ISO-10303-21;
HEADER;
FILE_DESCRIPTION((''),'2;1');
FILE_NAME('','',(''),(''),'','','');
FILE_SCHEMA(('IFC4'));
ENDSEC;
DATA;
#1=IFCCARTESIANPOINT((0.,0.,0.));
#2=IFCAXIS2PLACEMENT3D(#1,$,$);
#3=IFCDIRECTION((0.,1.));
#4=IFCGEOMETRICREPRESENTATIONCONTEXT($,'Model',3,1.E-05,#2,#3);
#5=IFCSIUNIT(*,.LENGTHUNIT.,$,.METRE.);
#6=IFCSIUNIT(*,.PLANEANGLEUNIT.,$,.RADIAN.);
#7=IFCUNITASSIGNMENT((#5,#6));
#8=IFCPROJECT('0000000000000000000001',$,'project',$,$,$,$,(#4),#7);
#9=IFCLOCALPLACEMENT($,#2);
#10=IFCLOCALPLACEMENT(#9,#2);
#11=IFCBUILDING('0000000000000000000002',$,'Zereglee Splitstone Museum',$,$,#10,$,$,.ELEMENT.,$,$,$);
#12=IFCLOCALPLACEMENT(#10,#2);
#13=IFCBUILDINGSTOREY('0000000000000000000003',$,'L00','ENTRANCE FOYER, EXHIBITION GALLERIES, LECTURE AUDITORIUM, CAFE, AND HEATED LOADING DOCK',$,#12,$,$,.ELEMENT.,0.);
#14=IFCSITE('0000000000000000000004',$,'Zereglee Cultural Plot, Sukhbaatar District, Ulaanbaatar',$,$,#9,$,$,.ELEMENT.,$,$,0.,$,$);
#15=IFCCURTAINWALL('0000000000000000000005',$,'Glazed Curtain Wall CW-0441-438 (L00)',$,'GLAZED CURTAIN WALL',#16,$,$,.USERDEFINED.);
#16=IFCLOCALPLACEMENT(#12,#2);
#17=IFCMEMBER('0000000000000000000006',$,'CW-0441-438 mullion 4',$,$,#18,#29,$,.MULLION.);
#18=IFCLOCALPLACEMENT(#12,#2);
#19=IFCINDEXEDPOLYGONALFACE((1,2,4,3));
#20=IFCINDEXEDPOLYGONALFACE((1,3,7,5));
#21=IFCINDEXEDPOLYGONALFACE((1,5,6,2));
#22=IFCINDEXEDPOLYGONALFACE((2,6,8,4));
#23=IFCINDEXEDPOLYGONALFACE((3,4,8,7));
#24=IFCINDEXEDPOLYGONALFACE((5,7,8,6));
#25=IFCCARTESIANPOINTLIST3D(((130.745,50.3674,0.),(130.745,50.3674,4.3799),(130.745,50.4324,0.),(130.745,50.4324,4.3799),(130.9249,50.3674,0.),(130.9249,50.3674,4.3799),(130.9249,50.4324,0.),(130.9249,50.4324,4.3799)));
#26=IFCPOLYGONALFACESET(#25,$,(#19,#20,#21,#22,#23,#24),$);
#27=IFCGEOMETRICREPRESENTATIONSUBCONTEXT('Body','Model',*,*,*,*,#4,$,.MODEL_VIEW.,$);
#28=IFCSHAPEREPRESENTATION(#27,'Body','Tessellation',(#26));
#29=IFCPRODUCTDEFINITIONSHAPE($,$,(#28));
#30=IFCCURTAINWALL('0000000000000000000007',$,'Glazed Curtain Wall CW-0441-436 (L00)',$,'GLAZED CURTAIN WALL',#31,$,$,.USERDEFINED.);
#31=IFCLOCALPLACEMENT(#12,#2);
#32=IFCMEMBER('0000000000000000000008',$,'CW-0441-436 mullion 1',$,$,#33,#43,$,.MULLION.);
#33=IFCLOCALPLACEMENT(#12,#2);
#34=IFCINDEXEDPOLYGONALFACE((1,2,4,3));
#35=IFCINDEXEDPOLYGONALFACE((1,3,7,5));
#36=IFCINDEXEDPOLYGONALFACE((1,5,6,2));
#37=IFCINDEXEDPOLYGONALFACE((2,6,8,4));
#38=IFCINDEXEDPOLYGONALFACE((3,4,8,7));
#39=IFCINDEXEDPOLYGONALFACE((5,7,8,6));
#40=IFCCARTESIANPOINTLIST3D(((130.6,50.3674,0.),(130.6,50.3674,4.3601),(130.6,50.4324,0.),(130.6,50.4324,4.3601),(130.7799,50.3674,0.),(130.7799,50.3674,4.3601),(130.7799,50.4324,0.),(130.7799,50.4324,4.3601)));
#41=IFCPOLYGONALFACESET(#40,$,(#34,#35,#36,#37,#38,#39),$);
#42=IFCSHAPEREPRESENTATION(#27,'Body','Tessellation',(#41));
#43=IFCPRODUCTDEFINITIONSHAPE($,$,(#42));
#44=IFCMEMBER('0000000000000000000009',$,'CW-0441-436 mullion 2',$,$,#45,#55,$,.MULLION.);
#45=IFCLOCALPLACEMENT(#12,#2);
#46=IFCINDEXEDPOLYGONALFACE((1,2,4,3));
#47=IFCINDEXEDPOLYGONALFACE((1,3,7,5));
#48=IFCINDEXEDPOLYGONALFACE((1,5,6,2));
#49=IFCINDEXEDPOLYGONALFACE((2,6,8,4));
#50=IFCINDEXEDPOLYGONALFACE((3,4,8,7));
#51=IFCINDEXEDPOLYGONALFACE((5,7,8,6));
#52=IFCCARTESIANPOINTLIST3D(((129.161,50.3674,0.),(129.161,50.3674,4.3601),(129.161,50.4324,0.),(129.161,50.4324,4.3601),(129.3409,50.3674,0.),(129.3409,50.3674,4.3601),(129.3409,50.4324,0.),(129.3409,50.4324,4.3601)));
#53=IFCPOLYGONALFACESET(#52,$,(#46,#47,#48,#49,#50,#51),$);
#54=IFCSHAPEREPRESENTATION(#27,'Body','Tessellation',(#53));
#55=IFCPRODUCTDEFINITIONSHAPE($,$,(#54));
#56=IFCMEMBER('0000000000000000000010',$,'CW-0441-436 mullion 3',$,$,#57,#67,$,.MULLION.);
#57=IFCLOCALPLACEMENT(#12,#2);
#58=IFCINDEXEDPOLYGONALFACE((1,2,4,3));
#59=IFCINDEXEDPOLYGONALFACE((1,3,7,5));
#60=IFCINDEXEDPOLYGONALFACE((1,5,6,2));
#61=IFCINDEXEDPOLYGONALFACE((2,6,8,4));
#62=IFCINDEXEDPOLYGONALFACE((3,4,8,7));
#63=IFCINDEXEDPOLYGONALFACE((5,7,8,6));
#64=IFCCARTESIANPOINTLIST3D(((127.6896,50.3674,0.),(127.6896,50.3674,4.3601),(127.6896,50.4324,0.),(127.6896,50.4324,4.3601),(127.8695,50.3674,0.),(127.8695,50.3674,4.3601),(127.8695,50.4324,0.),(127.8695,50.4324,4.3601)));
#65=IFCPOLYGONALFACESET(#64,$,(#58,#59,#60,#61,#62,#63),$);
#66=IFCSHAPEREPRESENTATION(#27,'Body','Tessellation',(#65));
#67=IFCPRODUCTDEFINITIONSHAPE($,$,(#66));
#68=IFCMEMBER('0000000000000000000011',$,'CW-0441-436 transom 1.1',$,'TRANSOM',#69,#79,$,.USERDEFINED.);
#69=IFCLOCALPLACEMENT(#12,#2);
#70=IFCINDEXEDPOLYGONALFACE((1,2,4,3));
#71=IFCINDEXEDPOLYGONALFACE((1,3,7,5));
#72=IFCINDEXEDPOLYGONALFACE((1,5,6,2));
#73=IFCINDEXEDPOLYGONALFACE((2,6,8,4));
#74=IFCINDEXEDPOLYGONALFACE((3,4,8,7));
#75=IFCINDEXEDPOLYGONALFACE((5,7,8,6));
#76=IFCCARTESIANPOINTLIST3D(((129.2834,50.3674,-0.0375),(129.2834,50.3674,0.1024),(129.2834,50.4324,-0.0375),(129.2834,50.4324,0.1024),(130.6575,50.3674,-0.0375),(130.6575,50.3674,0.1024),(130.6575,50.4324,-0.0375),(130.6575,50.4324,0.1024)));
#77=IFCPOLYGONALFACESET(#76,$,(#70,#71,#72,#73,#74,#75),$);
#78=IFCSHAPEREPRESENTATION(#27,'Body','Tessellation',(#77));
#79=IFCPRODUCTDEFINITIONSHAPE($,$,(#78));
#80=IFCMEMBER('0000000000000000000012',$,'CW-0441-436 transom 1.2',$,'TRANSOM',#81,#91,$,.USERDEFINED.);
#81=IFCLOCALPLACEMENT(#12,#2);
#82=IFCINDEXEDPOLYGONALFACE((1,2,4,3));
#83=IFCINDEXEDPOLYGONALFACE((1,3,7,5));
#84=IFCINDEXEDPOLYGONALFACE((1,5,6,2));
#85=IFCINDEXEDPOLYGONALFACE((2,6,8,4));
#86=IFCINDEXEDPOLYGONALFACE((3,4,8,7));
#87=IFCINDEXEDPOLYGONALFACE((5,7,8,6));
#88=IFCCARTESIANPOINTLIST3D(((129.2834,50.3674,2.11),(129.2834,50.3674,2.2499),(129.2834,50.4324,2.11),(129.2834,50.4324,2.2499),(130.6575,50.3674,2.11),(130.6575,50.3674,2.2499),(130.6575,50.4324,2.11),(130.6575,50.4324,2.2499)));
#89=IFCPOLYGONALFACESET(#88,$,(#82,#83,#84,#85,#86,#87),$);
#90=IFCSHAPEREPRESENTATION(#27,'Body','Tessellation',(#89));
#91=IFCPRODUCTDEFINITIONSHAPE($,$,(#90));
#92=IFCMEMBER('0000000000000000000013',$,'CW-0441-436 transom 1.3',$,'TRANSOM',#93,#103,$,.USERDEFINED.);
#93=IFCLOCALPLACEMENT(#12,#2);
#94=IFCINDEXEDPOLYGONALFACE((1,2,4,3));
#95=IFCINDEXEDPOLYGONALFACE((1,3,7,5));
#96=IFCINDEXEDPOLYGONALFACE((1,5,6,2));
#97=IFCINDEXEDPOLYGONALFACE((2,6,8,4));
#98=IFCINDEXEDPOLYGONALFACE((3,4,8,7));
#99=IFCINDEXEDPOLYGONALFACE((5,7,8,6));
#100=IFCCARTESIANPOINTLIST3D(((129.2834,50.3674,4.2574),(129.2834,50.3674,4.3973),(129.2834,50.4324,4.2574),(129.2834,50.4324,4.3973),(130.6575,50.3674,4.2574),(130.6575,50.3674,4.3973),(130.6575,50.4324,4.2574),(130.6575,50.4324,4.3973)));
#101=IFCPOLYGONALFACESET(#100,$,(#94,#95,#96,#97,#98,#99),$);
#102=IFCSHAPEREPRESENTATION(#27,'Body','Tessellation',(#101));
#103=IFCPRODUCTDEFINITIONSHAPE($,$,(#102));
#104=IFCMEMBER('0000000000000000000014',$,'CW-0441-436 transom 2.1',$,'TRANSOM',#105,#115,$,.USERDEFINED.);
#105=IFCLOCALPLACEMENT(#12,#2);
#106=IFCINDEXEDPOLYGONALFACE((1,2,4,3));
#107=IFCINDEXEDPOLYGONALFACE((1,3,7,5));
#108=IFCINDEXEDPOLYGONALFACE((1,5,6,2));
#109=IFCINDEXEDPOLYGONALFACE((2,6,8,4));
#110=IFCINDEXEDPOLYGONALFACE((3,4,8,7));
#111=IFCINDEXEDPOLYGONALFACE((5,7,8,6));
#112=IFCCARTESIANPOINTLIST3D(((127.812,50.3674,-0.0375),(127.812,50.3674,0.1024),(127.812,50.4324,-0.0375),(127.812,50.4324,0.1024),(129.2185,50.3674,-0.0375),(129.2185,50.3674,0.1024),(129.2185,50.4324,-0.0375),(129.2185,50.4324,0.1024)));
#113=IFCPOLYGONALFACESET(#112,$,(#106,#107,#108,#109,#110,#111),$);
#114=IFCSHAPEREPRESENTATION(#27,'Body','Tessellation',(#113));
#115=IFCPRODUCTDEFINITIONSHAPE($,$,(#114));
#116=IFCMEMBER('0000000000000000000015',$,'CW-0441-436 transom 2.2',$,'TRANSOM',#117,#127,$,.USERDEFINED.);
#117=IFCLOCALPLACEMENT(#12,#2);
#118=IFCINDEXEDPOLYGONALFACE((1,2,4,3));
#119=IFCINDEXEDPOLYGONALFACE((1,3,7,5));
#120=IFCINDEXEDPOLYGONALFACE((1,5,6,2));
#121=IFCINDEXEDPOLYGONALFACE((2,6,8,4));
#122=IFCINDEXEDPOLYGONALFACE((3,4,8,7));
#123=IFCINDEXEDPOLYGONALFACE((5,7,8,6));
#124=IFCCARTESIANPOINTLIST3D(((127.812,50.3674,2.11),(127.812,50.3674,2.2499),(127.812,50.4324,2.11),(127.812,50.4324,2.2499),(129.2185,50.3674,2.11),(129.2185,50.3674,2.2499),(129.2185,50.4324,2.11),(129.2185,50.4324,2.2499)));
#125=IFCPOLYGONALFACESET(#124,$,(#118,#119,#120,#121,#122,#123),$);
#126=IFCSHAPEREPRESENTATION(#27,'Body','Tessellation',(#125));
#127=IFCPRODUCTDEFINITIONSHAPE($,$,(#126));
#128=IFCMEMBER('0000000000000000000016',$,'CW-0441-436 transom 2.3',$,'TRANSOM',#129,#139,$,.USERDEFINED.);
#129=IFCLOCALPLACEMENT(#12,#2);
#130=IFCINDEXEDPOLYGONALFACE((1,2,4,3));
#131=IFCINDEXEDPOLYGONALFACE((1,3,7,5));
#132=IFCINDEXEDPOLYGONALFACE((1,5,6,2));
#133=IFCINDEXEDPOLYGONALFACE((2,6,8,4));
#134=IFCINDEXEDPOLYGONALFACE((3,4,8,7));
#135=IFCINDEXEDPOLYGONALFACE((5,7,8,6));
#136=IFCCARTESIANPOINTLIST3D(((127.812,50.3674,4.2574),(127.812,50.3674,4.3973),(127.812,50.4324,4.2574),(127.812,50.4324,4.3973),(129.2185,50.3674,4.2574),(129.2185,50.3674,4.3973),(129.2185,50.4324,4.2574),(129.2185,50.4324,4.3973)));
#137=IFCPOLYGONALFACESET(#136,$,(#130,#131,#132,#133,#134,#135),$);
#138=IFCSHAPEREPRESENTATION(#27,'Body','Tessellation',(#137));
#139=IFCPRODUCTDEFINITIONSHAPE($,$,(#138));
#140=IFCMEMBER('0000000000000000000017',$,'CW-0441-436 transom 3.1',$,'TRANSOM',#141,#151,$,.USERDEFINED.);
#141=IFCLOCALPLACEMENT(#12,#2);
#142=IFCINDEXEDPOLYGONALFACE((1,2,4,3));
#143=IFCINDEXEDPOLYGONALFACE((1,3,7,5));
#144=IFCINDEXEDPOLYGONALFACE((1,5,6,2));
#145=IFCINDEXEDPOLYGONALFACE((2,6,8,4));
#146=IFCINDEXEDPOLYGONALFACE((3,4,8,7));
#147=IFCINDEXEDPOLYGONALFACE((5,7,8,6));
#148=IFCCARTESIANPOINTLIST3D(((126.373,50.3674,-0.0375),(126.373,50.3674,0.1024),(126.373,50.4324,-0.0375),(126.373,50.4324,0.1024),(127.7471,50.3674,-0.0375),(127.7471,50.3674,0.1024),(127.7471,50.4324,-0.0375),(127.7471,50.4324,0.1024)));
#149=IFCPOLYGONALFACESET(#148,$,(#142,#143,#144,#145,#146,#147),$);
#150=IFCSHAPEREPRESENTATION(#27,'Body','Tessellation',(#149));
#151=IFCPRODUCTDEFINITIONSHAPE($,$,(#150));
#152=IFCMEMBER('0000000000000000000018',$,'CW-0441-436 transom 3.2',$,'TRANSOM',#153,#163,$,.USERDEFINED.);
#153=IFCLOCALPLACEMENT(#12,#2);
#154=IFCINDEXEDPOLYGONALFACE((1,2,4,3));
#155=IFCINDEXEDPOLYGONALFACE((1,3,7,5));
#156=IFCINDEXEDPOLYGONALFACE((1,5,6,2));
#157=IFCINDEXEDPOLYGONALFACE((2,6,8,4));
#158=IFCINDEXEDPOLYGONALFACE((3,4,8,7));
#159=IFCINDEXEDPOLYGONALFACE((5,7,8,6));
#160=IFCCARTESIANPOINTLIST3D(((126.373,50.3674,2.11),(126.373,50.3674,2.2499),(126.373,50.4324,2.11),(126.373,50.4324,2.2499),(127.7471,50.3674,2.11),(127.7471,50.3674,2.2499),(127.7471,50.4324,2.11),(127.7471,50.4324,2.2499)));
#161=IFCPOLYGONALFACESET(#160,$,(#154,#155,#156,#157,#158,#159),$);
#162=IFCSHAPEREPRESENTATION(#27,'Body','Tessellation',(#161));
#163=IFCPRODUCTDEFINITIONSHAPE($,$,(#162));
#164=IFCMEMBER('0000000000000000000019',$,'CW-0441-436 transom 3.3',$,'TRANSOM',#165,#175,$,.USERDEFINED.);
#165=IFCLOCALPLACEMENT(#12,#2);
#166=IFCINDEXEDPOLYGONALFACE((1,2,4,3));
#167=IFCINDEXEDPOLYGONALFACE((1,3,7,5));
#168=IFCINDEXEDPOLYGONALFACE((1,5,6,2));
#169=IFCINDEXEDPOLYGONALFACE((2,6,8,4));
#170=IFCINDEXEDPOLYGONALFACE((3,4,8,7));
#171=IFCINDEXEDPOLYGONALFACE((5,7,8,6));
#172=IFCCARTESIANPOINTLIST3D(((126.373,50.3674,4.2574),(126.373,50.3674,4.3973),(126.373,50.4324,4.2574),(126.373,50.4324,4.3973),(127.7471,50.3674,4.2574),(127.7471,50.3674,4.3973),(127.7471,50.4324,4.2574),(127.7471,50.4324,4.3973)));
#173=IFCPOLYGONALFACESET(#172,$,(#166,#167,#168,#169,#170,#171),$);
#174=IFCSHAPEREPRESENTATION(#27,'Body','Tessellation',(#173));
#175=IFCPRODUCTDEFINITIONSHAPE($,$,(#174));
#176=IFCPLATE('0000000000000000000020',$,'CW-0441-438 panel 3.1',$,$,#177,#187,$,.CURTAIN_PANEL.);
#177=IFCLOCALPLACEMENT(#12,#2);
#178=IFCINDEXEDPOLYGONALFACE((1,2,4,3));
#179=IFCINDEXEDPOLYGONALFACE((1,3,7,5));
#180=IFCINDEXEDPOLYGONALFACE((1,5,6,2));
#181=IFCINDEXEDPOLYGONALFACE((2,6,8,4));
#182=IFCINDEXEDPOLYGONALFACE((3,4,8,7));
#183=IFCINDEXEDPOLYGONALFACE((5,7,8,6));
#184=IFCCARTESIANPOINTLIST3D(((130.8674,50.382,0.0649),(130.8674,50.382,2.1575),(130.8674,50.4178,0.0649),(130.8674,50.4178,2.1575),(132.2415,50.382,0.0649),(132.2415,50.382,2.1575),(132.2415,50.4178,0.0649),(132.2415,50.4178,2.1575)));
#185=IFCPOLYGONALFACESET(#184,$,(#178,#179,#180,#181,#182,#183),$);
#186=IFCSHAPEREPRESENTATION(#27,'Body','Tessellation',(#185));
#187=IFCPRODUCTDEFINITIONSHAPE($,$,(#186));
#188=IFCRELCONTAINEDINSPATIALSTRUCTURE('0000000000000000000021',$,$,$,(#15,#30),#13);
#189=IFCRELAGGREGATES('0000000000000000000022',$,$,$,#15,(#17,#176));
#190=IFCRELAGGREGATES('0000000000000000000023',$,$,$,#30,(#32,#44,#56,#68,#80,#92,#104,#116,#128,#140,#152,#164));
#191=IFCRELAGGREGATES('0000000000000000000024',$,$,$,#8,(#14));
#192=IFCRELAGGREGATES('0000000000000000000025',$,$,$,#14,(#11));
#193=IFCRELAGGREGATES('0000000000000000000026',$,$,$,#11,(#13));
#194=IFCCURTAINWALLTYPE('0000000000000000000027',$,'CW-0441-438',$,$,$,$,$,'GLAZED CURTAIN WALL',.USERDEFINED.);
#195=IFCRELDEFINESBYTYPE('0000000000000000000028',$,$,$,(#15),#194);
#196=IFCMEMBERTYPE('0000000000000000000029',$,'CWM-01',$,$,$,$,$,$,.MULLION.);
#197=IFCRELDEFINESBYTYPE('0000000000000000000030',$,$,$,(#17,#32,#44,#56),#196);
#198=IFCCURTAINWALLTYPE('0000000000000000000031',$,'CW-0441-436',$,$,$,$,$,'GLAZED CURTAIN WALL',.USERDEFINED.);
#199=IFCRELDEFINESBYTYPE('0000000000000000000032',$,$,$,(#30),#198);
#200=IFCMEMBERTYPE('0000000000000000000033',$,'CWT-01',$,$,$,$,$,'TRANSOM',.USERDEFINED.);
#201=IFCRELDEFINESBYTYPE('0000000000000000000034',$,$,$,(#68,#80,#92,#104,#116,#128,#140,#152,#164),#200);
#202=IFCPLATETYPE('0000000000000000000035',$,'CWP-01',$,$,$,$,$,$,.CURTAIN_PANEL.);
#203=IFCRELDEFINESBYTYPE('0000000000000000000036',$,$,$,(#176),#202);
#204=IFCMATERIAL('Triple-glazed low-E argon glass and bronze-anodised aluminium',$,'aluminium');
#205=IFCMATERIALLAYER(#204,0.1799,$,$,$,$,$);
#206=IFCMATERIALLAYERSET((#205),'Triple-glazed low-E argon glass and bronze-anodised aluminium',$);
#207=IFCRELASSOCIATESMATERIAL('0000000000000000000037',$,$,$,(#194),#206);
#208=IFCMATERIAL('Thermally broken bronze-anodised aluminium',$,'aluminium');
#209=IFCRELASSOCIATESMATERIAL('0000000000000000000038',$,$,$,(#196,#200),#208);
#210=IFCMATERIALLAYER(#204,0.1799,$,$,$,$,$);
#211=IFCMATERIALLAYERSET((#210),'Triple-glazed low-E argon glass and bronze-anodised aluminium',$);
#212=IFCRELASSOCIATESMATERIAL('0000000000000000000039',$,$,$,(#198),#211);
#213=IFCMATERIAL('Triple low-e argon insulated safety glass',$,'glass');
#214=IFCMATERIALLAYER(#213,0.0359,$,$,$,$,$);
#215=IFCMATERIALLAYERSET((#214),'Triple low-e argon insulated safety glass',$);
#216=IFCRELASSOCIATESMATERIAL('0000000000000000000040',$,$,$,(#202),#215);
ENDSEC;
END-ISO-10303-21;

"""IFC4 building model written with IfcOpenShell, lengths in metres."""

from ifc_helpers import new_model, si_unit, direction, frame, origin, origin_2d, place, context, subcontext, project, spatial, rectangle, extrude, material, layer, layer_set, material_profile, profile_set, type_object, element, aggregate, save


model = new_model("IFC4")

# Units and contexts
model_context = context("Model", 3, precision=1e-05, world=origin(), true_north=direction((0.0, 1.0)))
body_context = subcontext(model_context, "Body", "Model", "MODEL_VIEW")
ifc_project = project(units=[si_unit("LENGTHUNIT", "METRE"), si_unit("PLANEANGLEUNIT", "RADIAN")], contexts=[model_context])

# Site, building, storey
site_placement = place(None, origin())
site = spatial("IfcSite", under=ifc_project, at=site_placement, Name="Zereglee Cultural Plot, Sukhbaatar District, Ulaanbaatar", CompositionType="ELEMENT", RefElevation=0.0)
building_placement = place(site_placement, origin())
building = spatial("IfcBuilding", under=site, at=building_placement, Name="Zereglee Splitstone Museum", CompositionType="ELEMENT")
storey_placement = place(building_placement, origin())
storey = spatial("IfcBuildingStorey", under=building, at=storey_placement, Name="L00", Description="ENTRANCE FOYER, EXHIBITION GALLERIES, LECTURE AUDITORIUM, CAFE, AND HEATED LOADING DOCK", CompositionType="ELEMENT", Elevation=0.0)

# Curtain wall, member
ifc_material_1 = material(Name="Triple-glazed low-E argon glass and bronze-anodised aluminium", Category="aluminium")
ifc_layer_1 = layer(ifc_material_1, 0.1799)
ifc_layer_set_1 = layer_set([ifc_layer_1], Name="Triple-glazed low-E argon glass and bronze-anodised aluminium")
curtain_wall_type_1 = type_object("IfcCurtainWallType", Name="CW-0441-438", ElementType="GLAZED CURTAIN WALL", PredefinedType="USERDEFINED", material=ifc_layer_set_1)
curtain_wall_1_placement = place(storey_placement, origin())
curtain_wall_1 = element("IfcCurtainWall", 1, at=curtain_wall_1_placement, inside=storey, type_object=curtain_wall_type_1, Name="Glazed Curtain Wall CW-0441-438 (L00)", ObjectType="GLAZED CURTAIN WALL", PredefinedType="USERDEFINED")
ifc_material_2 = material(Name="Thermally broken bronze-anodised aluminium", Category="aluminium")
ifc_material_profile_1 = material_profile(ifc_material_2, rectangle(XDim=0.0649, YDim=0.1799, at=origin_2d()), Name="CW MULL 65x180")
ifc_profile_set_1 = profile_set([ifc_material_profile_1], Name="Thermally broken bronze-anodised aluminium")
member_type_1 = type_object("IfcMemberType", Name="CWM-01", PredefinedType="MULLION", material=ifc_profile_set_1)
member_1_placement = place(storey_placement, frame((130.835, 50.3999, 0.0), z_axis=(0.0, 0.0, 1.0), x_axis=(0.0, -1.0, 0.0)))
member_1 = element("IfcMember", 2, at=member_1_placement, type_object=member_type_1, Name="CW-0441-438 mullion 4", PredefinedType="MULLION", context=body_context, shape_type="SweptSolid", body=[
    extrude(rectangle(XDim=0.0649, YDim=0.1799, at=origin_2d()), origin(), (0.0, 0.0, 1.0), 4.3799),
])

# Curtain wall, members
ifc_layer_2 = layer(ifc_material_1, 0.1799)
ifc_layer_set_2 = layer_set([ifc_layer_2], Name="Triple-glazed low-E argon glass and bronze-anodised aluminium")
curtain_wall_type_2 = type_object("IfcCurtainWallType", Name="CW-0441-436", ElementType="GLAZED CURTAIN WALL", PredefinedType="USERDEFINED", material=ifc_layer_set_2)
curtain_wall_2_placement = place(storey_placement, origin())
curtain_wall_2 = element("IfcCurtainWall", 3, at=curtain_wall_2_placement, inside=storey, type_object=curtain_wall_type_2, Name="Glazed Curtain Wall CW-0441-436 (L00)", ObjectType="GLAZED CURTAIN WALL", PredefinedType="USERDEFINED")
member_2_placement = place(storey_placement, frame((130.6899, 50.3999, 0.0), z_axis=(0.0, 0.0, 1.0), x_axis=(0.0, -1.0, 0.0)))
member_2 = element("IfcMember", 4, at=member_2_placement, type_object=member_type_1, Name="CW-0441-436 mullion 1", PredefinedType="MULLION", context=body_context, shape_type="SweptSolid", body=[
    extrude(rectangle(XDim=0.0649, YDim=0.1799, at=origin_2d()), origin(), (0.0, 0.0, 1.0), 4.3601),
])
member_3_placement = place(storey_placement, frame((129.251, 50.3999, 0.0), z_axis=(0.0, 0.0, 1.0), x_axis=(0.0, -1.0, 0.0)))
member_3 = element("IfcMember", 5, at=member_3_placement, type_object=member_type_1, Name="CW-0441-436 mullion 2", PredefinedType="MULLION", context=body_context, shape_type="SweptSolid", body=[
    extrude(rectangle(XDim=0.0649, YDim=0.1799, at=origin_2d()), origin(), (0.0, 0.0, 1.0), 4.3601),
])
member_4_placement = place(storey_placement, frame((127.7795, 50.3999, 0.0), z_axis=(0.0, 0.0, 1.0), x_axis=(0.0, -1.0, 0.0)))
member_4 = element("IfcMember", 6, at=member_4_placement, type_object=member_type_1, Name="CW-0441-436 mullion 3", PredefinedType="MULLION", context=body_context, shape_type="SweptSolid", body=[
    extrude(rectangle(XDim=0.0649, YDim=0.1799, at=origin_2d()), origin(), (0.0, 0.0, 1.0), 4.3601),
])
ifc_material_profile_2 = material_profile(ifc_material_2, rectangle(XDim=0.0649, YDim=0.1399, at=origin_2d()), Name="CW TRAN 65x140")
ifc_profile_set_2 = profile_set([ifc_material_profile_2], Name="Thermally broken bronze-anodised aluminium")
member_type_2 = type_object("IfcMemberType", Name="CWT-01", ElementType="TRANSOM", PredefinedType="USERDEFINED", material=ifc_profile_set_2)
member_5_placement = place(storey_placement, frame((130.6575, 50.3999, 0.0325), z_axis=(-1.0, 0.0, 0.0), x_axis=(0.0, -1.0, 0.0)))
member_5 = element("IfcMember", 7, at=member_5_placement, type_object=member_type_2, Name="CW-0441-436 transom 1.1", ObjectType="TRANSOM", PredefinedType="USERDEFINED", context=body_context, shape_type="SweptSolid", body=[
    extrude(rectangle(XDim=0.0649, YDim=0.1399, at=origin_2d()), origin(), (0.0, 0.0, 1.0), 1.374),
])
member_6_placement = place(storey_placement, frame((130.6575, 50.3999, 2.1799), z_axis=(-1.0, 0.0, 0.0), x_axis=(0.0, -1.0, 0.0)))
member_6 = element("IfcMember", 8, at=member_6_placement, type_object=member_type_2, Name="CW-0441-436 transom 1.2", ObjectType="TRANSOM", PredefinedType="USERDEFINED", context=body_context, shape_type="SweptSolid", body=[
    extrude(rectangle(XDim=0.0649, YDim=0.1399, at=origin_2d()), origin(), (0.0, 0.0, 1.0), 1.374),
])
member_7_placement = place(storey_placement, frame((130.6575, 50.3999, 4.3274), z_axis=(-1.0, 0.0, 0.0), x_axis=(0.0, -1.0, 0.0)))
member_7 = element("IfcMember", 9, at=member_7_placement, type_object=member_type_2, Name="CW-0441-436 transom 1.3", ObjectType="TRANSOM", PredefinedType="USERDEFINED", context=body_context, shape_type="SweptSolid", body=[
    extrude(rectangle(XDim=0.0649, YDim=0.1399, at=origin_2d()), origin(), (0.0, 0.0, 1.0), 1.374),
])
member_8_placement = place(storey_placement, frame((129.2185, 50.3999, 0.0325), z_axis=(-1.0, 0.0, 0.0), x_axis=(0.0, -1.0, 0.0)))
member_8 = element("IfcMember", 10, at=member_8_placement, type_object=member_type_2, Name="CW-0441-436 transom 2.1", ObjectType="TRANSOM", PredefinedType="USERDEFINED", context=body_context, shape_type="SweptSolid", body=[
    extrude(rectangle(XDim=0.0649, YDim=0.1399, at=origin_2d()), origin(), (0.0, 0.0, 1.0), 1.4065),
])
member_9_placement = place(storey_placement, frame((129.2185, 50.3999, 2.1799), z_axis=(-1.0, 0.0, 0.0), x_axis=(0.0, -1.0, 0.0)))
member_9 = element("IfcMember", 11, at=member_9_placement, type_object=member_type_2, Name="CW-0441-436 transom 2.2", ObjectType="TRANSOM", PredefinedType="USERDEFINED", context=body_context, shape_type="SweptSolid", body=[
    extrude(rectangle(XDim=0.0649, YDim=0.1399, at=origin_2d()), origin(), (0.0, 0.0, 1.0), 1.4065),
])
member_10_placement = place(storey_placement, frame((129.2185, 50.3999, 4.3274), z_axis=(-1.0, 0.0, 0.0), x_axis=(0.0, -1.0, 0.0)))
member_10 = element("IfcMember", 12, at=member_10_placement, type_object=member_type_2, Name="CW-0441-436 transom 2.3", ObjectType="TRANSOM", PredefinedType="USERDEFINED", context=body_context, shape_type="SweptSolid", body=[
    extrude(rectangle(XDim=0.0649, YDim=0.1399, at=origin_2d()), origin(), (0.0, 0.0, 1.0), 1.4065),
])
member_11_placement = place(storey_placement, frame((127.7471, 50.3999, 0.0325), z_axis=(-1.0, 0.0, 0.0), x_axis=(0.0, -1.0, 0.0)))
member_11 = element("IfcMember", 13, at=member_11_placement, type_object=member_type_2, Name="CW-0441-436 transom 3.1", ObjectType="TRANSOM", PredefinedType="USERDEFINED", context=body_context, shape_type="SweptSolid", body=[
    extrude(rectangle(XDim=0.0649, YDim=0.1399, at=origin_2d()), origin(), (0.0, 0.0, 1.0), 1.374),
])
member_12_placement = place(storey_placement, frame((127.7471, 50.3999, 2.1799), z_axis=(-1.0, 0.0, 0.0), x_axis=(0.0, -1.0, 0.0)))
member_12 = element("IfcMember", 14, at=member_12_placement, type_object=member_type_2, Name="CW-0441-436 transom 3.2", ObjectType="TRANSOM", PredefinedType="USERDEFINED", context=body_context, shape_type="SweptSolid", body=[
    extrude(rectangle(XDim=0.0649, YDim=0.1399, at=origin_2d()), origin(), (0.0, 0.0, 1.0), 1.374),
])
member_13_placement = place(storey_placement, frame((127.7471, 50.3999, 4.3274), z_axis=(-1.0, 0.0, 0.0), x_axis=(0.0, -1.0, 0.0)))
member_13 = element("IfcMember", 15, at=member_13_placement, type_object=member_type_2, Name="CW-0441-436 transom 3.3", ObjectType="TRANSOM", PredefinedType="USERDEFINED", context=body_context, shape_type="SweptSolid", body=[
    extrude(rectangle(XDim=0.0649, YDim=0.1399, at=origin_2d()), origin(), (0.0, 0.0, 1.0), 1.374),
])

# Plate
ifc_material_3 = material(Name="Triple low-e argon insulated safety glass", Category="glass")
ifc_layer_3 = layer(ifc_material_3, 0.0359)
ifc_layer_set_3 = layer_set([ifc_layer_3], Name="Triple low-e argon insulated safety glass")
plate_type = type_object("IfcPlateType", Name="CWP-01", PredefinedType="CURTAIN_PANEL", material=ifc_layer_set_3)
plate_1_placement = place(storey_placement, frame((131.5544, 50.3999, 0.0649), z_axis=(0.0, 0.0, 1.0), x_axis=(-1.0, 0.0, 0.0)))
plate_1 = element("IfcPlate", 16, at=plate_1_placement, type_object=plate_type, Name="CW-0441-438 panel 3.1", PredefinedType="CURTAIN_PANEL", context=body_context, shape_type="SweptSolid", body=[
    extrude(rectangle(XDim=1.374, YDim=0.0359, at=origin_2d()), origin(), (0.0, 0.0, 1.0), 2.0925),
])
aggregate(curtain_wall_1, [member_1, plate_1])
aggregate(curtain_wall_2, [member_2, member_3, member_4, member_5, member_6, member_7, member_8, member_9, member_10, member_11, member_12, member_13])

save(model, "model.ifc")
